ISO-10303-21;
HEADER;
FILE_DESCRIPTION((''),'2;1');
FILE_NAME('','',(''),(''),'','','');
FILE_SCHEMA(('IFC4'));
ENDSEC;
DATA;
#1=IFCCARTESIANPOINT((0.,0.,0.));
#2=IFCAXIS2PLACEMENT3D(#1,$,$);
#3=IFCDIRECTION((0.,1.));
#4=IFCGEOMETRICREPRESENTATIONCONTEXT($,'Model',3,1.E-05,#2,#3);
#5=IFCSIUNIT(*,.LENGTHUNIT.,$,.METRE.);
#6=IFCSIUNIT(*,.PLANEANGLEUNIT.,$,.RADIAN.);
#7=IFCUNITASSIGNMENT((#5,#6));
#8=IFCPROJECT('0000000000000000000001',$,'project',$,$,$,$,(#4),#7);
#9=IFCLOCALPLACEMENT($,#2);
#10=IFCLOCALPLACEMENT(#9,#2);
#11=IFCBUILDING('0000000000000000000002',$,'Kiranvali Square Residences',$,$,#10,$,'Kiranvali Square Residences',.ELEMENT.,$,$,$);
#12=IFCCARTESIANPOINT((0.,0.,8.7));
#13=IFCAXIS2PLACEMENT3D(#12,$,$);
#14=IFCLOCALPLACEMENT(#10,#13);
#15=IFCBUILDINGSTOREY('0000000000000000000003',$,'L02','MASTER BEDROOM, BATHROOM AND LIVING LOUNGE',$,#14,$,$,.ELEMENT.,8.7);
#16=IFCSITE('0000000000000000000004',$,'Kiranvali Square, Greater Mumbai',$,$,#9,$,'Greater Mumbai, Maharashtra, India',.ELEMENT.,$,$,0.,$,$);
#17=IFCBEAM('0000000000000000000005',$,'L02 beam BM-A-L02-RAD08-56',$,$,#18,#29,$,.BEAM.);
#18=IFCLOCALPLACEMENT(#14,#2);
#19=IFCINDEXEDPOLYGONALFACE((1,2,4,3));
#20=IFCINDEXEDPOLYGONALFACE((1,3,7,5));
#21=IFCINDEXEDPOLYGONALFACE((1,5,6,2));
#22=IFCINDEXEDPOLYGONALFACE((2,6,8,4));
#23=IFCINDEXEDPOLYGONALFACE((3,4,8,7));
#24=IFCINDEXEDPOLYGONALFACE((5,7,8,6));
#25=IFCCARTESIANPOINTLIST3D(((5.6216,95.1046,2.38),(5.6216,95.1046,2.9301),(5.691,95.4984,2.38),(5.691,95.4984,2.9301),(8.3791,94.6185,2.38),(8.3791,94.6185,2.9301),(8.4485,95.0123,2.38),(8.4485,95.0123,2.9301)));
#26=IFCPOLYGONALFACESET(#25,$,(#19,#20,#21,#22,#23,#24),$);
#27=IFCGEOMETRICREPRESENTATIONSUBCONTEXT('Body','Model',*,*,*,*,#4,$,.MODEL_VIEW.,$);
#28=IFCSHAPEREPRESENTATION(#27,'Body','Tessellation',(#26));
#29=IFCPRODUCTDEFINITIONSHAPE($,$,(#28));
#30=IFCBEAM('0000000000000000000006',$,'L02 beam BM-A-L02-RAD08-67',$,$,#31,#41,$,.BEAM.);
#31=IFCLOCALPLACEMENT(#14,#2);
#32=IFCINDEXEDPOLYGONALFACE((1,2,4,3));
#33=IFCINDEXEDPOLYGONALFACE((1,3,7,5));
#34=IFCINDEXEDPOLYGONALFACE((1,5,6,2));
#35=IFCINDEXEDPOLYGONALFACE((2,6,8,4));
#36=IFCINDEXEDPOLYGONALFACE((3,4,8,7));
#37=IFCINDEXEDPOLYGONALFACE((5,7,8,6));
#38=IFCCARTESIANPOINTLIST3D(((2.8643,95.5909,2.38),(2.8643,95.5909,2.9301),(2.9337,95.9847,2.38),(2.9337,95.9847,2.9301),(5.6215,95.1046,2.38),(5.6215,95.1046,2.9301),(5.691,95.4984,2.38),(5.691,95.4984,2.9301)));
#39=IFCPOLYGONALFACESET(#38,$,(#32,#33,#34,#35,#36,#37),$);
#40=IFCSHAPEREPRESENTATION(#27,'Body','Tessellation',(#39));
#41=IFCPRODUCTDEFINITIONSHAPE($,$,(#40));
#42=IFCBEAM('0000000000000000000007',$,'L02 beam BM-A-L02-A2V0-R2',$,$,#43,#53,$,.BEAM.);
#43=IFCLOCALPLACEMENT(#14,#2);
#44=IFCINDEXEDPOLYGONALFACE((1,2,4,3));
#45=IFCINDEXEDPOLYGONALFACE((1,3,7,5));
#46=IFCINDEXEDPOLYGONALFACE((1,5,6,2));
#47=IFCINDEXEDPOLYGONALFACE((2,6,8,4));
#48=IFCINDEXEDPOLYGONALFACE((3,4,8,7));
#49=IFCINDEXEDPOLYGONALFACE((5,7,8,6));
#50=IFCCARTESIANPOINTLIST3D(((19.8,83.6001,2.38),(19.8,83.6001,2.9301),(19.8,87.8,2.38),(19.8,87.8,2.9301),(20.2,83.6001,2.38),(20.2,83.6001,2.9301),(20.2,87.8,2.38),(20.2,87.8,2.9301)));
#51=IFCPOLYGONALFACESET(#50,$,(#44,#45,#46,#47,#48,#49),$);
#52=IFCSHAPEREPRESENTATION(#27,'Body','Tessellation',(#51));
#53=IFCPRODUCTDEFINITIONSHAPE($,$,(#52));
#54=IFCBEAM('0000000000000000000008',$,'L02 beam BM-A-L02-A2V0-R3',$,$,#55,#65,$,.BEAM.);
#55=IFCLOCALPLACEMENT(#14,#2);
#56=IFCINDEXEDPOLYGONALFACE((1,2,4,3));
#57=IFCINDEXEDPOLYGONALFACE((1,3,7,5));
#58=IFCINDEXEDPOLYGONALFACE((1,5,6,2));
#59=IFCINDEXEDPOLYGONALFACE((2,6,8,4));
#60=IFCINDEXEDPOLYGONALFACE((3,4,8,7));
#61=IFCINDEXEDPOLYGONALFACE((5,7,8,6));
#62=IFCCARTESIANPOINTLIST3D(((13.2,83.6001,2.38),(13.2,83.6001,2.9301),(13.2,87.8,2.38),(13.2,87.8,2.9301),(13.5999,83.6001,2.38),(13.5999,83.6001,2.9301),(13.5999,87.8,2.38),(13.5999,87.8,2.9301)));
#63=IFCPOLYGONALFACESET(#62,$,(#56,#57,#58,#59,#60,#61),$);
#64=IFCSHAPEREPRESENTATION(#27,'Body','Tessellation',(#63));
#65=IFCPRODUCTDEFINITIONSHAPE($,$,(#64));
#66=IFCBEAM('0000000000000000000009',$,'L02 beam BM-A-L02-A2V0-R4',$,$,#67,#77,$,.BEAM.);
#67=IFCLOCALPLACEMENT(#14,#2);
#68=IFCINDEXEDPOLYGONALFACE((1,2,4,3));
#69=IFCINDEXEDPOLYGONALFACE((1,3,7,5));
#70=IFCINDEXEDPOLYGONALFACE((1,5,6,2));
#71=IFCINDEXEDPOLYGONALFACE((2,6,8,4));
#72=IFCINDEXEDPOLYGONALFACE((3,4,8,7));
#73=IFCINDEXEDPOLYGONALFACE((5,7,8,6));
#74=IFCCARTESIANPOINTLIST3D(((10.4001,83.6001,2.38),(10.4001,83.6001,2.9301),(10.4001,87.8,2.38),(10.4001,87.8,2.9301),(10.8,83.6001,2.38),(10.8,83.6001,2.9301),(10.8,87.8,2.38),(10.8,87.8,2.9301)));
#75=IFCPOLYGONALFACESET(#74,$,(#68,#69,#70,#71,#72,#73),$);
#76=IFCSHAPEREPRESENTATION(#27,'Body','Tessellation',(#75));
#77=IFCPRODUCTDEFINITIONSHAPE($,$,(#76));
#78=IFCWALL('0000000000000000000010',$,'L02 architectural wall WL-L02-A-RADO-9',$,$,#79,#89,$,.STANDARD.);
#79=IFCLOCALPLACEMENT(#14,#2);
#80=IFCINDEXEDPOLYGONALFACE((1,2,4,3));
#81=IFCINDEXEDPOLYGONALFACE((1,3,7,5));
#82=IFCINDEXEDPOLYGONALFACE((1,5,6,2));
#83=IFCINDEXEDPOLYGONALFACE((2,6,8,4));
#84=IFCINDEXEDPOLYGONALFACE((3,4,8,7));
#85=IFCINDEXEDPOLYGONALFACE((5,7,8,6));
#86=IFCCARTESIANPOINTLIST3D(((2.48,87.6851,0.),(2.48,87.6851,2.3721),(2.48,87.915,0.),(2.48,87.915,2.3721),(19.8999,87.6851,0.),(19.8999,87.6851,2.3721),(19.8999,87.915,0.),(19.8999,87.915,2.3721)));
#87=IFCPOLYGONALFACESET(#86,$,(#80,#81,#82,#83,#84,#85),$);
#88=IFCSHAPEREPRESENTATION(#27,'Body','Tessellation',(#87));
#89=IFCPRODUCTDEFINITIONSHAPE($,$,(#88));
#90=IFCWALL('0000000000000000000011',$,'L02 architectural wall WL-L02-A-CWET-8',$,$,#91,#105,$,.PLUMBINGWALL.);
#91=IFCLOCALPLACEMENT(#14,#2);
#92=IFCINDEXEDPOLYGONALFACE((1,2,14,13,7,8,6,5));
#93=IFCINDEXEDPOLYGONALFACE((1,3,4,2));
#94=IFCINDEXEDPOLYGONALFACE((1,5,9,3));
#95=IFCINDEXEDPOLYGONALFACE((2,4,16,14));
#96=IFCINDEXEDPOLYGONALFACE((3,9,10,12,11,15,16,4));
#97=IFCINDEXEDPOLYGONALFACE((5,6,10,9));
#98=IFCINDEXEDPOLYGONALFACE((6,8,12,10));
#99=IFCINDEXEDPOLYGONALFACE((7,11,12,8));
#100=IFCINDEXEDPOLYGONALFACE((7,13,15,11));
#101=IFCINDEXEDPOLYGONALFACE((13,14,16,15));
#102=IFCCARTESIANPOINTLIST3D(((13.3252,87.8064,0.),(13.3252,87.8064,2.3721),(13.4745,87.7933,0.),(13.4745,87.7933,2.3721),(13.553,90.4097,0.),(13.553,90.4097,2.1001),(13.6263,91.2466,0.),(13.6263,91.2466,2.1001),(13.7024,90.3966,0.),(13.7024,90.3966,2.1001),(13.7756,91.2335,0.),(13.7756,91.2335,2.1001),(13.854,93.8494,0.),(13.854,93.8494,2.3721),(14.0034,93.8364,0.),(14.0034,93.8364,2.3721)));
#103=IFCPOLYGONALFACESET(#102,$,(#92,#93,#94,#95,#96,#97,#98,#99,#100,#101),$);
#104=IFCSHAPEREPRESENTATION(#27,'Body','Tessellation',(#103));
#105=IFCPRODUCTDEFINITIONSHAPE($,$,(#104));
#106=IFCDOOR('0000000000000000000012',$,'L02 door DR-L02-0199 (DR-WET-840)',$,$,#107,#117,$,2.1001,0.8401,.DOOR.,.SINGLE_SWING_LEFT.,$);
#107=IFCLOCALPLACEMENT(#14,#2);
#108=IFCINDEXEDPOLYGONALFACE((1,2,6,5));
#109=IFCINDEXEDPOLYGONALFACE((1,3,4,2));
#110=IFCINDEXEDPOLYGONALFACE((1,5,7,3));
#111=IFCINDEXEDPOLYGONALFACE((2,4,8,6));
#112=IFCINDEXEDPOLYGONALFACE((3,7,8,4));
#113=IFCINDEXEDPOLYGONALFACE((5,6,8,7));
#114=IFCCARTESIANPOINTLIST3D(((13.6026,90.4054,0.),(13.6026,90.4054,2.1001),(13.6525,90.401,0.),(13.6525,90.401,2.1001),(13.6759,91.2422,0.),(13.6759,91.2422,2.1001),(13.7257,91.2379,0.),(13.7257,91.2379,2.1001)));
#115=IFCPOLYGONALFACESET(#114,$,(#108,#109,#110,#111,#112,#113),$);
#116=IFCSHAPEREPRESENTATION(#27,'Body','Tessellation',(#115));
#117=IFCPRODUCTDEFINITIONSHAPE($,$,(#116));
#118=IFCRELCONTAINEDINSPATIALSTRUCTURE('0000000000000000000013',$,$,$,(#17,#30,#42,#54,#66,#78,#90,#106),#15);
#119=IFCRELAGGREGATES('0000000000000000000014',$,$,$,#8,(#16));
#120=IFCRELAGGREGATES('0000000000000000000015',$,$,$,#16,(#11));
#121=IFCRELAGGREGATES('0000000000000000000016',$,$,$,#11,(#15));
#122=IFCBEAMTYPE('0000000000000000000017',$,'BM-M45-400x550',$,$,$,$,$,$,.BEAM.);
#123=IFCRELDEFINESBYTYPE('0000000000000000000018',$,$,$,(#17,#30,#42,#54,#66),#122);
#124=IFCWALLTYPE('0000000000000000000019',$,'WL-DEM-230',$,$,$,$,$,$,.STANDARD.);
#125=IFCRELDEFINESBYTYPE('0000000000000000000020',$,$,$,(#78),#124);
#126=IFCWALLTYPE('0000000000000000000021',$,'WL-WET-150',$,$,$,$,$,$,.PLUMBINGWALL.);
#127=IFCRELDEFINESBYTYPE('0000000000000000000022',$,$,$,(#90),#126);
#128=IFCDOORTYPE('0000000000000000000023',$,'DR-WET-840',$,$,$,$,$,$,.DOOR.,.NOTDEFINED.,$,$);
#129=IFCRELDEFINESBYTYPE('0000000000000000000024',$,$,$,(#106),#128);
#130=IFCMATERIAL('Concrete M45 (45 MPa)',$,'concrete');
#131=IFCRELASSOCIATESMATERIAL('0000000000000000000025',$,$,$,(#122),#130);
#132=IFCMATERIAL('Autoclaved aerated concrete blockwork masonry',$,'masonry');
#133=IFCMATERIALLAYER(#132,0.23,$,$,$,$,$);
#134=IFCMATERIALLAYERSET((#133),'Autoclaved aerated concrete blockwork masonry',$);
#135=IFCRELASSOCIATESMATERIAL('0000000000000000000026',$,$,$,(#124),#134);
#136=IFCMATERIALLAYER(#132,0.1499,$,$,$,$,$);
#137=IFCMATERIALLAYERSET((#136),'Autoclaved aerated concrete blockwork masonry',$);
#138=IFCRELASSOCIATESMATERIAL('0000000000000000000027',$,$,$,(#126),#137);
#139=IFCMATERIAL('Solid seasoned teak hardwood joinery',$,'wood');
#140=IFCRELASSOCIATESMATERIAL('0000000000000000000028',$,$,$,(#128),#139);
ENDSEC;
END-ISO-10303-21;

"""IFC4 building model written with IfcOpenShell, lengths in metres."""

from ifc_helpers import new_model, si_unit, direction, frame, frame_2d, origin, origin_2d, place, context, subcontext, project, spatial, rectangle, extrude, material, layer, layer_set, material_profile, profile_set, type_object, element, fill, save


model = new_model("IFC4")

# Units and contexts
model_context = context("Model", 3, precision=1e-05, world=origin(), true_north=direction((0.0, 1.0)))
body_context = subcontext(model_context, "Body", "Model", "MODEL_VIEW")
ifc_project = project(units=[si_unit("LENGTHUNIT", "METRE"), si_unit("PLANEANGLEUNIT", "RADIAN")], contexts=[model_context])

# Site, building, storey
site_placement = place(None, origin())
site = spatial("IfcSite", under=ifc_project, at=site_placement, Name="Kiranvali Square, Greater Mumbai", LongName="Greater Mumbai, Maharashtra, India", CompositionType="ELEMENT", RefElevation=0.0)
building_placement = place(site_placement, origin())
building = spatial("IfcBuilding", under=site, at=building_placement, Name="Kiranvali Square Residences", LongName="Kiranvali Square Residences", CompositionType="ELEMENT")
storey_placement = place(building_placement, frame((0.0, 0.0, 8.7)))
storey = spatial("IfcBuildingStorey", under=building, at=storey_placement, Name="L02", Description="MASTER BEDROOM, BATHROOM AND LIVING LOUNGE", CompositionType="ELEMENT", Elevation=8.7)

# Shared definitions
ifc_material_1 = material(Name="Concrete M45 (45 MPa)", Category="concrete")

# Beams
ifc_material_profile_1 = material_profile(ifc_material_1, rectangle(XDim=0.3999, YDim=0.55, at=origin_2d()), Name="RC 400x550")
ifc_profile_set_1 = profile_set([ifc_material_profile_1], Name="Concrete M45 (45 MPa)")
beam_type_1 = type_object("IfcBeamType", Name="BM-M45-400x550", PredefinedType="BEAM", material=ifc_profile_set_1)
beam_1_placement = place(storey_placement, frame((8.4138, 94.8154, 2.655), z_axis=(-0.984817, 0.173596, 0.0), x_axis=(-0.173596, -0.984817, 0.0)))
element("IfcBeam", 1, at=beam_1_placement, inside=storey, type_object=beam_type_1, Name="L02 beam BM-A-L02-RAD08-56", PredefinedType="BEAM", context=body_context, shape_type="SweptSolid", body=[
    extrude(rectangle(XDim=0.3999, YDim=0.55, at=origin_2d()), origin(), (0.0, 0.0, 1.0), 2.8),
])
beam_2_placement = place(storey_placement, frame((5.6562, 95.3015, 2.655), z_axis=(-0.984799, 0.173696, 0.0), x_axis=(-0.173696, -0.984799, 0.0)))
element("IfcBeam", 2, at=beam_2_placement, inside=storey, type_object=beam_type_1, Name="L02 beam BM-A-L02-RAD08-67", PredefinedType="BEAM", context=body_context, shape_type="SweptSolid", body=[
    extrude(rectangle(XDim=0.3999, YDim=0.55, at=origin_2d()), origin(), (0.0, 0.0, 1.0), 2.7998),
])
for number, where, z_axis, x_axis, name in (
    (3, (20.0, 87.8, 2.655), (0.0, -1.0, 0.0), (1.0, 0.0, 0.0), "L02 beam BM-A-L02-A2V0-R2"),
    (4, (13.3999, 87.8, 2.655), (0.0, -1.0, 0.0), (1.0, 0.0, 0.0), "L02 beam BM-A-L02-A2V0-R3"),
    (5, (10.6001, 87.8, 2.655), (0.0, -1.0, 0.0), (1.0, 0.0, 0.0), "L02 beam BM-A-L02-A2V0-R4"),
):
    element("IfcBeam", number, at=place(storey_placement, frame(where, z_axis=z_axis, x_axis=x_axis)), inside=storey, type_object=beam_type_1, Name=name, PredefinedType="BEAM", context=body_context, shape_type="SweptSolid", body=[
        extrude(rectangle(XDim=0.3999, YDim=0.55, at=origin_2d()), origin(), (0.0, 0.0, 1.0), 4.2),
    ])

# Wall
ifc_material_2 = material(Name="Autoclaved aerated concrete blockwork masonry", Category="masonry")
ifc_layer_1 = layer(ifc_material_2, 0.23)
ifc_layer_set_1 = layer_set([ifc_layer_1], Name="Autoclaved aerated concrete blockwork masonry")
wall_type_1 = type_object("IfcWallType", Name="WL-DEM-230", PredefinedType="STANDARD", material=ifc_layer_set_1)
wall_1_placement = place(storey_placement, frame((19.8999, 87.8, 0.0), z_axis=(0.0, 0.0, 1.0), x_axis=(-1.0, 0.0, 0.0)))
element("IfcWall", 6, at=wall_1_placement, inside=storey, type_object=wall_type_1, Name="L02 architectural wall WL-L02-A-RADO-9", PredefinedType="STANDARD", context=body_context, shape_type="SweptSolid", body=[
    extrude(rectangle(XDim=17.4199, YDim=0.23, at=frame_2d((8.71, 0.0))), origin(), (0.0, 0.0, 1.0), 2.3721),
])

# Wall, opening, door
ifc_layer_2 = layer(ifc_material_2, 0.1499)
ifc_layer_set_2 = layer_set([ifc_layer_2], Name="Autoclaved aerated concrete blockwork masonry")
wall_type_2 = type_object("IfcWallType", Name="WL-WET-150", PredefinedType="PLUMBINGWALL", material=ifc_layer_set_2)
wall_2_placement = place(storey_placement, frame((13.9287, 93.843, 0.0), z_axis=(0.0, 0.0, 1.0), x_axis=(-0.087175, -0.996193, 0.0)))
wall_2 = element("IfcWall", 7, at=wall_2_placement, inside=storey, type_object=wall_type_2, Name="L02 architectural wall WL-L02-A-CWET-8", PredefinedType="PLUMBINGWALL", context=body_context, shape_type="SweptSolid", body=[
    extrude(rectangle(XDim=6.0662, YDim=0.1499, at=frame_2d((3.0332, 0.0))), origin(), (0.0, 0.0, 1.0), 2.3721),
])
opening_placement = place(wall_2_placement, frame((2.613, 0.0, 0.0)))
opening = element("IfcOpeningElement", 8, at=opening_placement, cuts=wall_2, PredefinedType="OPENING", context=body_context, shape_type="SweptSolid", body=[
    extrude(rectangle(XDim=0.8401, YDim=2.1001, at=frame_2d((0.4199, 1.05))), frame((0.0, 0.085, 0.0), z_axis=(0.0, -1.0, 0.0), x_axis=(1.0, 0.0, 0.0)), (0.0, 0.0, 1.0), 0.1699),
])
ifc_material_3 = material(Name="Solid seasoned teak hardwood joinery", Category="wood")
door_type = type_object("IfcDoorType", Name="DR-WET-840", OperationType="NOTDEFINED", PredefinedType="DOOR", material=ifc_material_3)
door_placement = place(opening_placement, origin())
door = element("IfcDoor", 9, at=door_placement, inside=storey, type_object=door_type, Name="L02 door DR-L02-0199 (DR-WET-840)", OperationType="SINGLE_SWING_LEFT", OverallHeight=2.1001, OverallWidth=0.8401, PredefinedType="DOOR", context=body_context, shape_type="SweptSolid", body=[
    extrude(rectangle(XDim=0.8401, YDim=2.1001, at=frame_2d((0.4199, 1.05))), frame((0.0, 0.0249, 0.0), z_axis=(0.0, -1.0, 0.0), x_axis=(1.0, 0.0, 0.0)), (0.0, 0.0, 1.0), 0.05),
])
fill(opening, door)

save(model, "model.ifc")
